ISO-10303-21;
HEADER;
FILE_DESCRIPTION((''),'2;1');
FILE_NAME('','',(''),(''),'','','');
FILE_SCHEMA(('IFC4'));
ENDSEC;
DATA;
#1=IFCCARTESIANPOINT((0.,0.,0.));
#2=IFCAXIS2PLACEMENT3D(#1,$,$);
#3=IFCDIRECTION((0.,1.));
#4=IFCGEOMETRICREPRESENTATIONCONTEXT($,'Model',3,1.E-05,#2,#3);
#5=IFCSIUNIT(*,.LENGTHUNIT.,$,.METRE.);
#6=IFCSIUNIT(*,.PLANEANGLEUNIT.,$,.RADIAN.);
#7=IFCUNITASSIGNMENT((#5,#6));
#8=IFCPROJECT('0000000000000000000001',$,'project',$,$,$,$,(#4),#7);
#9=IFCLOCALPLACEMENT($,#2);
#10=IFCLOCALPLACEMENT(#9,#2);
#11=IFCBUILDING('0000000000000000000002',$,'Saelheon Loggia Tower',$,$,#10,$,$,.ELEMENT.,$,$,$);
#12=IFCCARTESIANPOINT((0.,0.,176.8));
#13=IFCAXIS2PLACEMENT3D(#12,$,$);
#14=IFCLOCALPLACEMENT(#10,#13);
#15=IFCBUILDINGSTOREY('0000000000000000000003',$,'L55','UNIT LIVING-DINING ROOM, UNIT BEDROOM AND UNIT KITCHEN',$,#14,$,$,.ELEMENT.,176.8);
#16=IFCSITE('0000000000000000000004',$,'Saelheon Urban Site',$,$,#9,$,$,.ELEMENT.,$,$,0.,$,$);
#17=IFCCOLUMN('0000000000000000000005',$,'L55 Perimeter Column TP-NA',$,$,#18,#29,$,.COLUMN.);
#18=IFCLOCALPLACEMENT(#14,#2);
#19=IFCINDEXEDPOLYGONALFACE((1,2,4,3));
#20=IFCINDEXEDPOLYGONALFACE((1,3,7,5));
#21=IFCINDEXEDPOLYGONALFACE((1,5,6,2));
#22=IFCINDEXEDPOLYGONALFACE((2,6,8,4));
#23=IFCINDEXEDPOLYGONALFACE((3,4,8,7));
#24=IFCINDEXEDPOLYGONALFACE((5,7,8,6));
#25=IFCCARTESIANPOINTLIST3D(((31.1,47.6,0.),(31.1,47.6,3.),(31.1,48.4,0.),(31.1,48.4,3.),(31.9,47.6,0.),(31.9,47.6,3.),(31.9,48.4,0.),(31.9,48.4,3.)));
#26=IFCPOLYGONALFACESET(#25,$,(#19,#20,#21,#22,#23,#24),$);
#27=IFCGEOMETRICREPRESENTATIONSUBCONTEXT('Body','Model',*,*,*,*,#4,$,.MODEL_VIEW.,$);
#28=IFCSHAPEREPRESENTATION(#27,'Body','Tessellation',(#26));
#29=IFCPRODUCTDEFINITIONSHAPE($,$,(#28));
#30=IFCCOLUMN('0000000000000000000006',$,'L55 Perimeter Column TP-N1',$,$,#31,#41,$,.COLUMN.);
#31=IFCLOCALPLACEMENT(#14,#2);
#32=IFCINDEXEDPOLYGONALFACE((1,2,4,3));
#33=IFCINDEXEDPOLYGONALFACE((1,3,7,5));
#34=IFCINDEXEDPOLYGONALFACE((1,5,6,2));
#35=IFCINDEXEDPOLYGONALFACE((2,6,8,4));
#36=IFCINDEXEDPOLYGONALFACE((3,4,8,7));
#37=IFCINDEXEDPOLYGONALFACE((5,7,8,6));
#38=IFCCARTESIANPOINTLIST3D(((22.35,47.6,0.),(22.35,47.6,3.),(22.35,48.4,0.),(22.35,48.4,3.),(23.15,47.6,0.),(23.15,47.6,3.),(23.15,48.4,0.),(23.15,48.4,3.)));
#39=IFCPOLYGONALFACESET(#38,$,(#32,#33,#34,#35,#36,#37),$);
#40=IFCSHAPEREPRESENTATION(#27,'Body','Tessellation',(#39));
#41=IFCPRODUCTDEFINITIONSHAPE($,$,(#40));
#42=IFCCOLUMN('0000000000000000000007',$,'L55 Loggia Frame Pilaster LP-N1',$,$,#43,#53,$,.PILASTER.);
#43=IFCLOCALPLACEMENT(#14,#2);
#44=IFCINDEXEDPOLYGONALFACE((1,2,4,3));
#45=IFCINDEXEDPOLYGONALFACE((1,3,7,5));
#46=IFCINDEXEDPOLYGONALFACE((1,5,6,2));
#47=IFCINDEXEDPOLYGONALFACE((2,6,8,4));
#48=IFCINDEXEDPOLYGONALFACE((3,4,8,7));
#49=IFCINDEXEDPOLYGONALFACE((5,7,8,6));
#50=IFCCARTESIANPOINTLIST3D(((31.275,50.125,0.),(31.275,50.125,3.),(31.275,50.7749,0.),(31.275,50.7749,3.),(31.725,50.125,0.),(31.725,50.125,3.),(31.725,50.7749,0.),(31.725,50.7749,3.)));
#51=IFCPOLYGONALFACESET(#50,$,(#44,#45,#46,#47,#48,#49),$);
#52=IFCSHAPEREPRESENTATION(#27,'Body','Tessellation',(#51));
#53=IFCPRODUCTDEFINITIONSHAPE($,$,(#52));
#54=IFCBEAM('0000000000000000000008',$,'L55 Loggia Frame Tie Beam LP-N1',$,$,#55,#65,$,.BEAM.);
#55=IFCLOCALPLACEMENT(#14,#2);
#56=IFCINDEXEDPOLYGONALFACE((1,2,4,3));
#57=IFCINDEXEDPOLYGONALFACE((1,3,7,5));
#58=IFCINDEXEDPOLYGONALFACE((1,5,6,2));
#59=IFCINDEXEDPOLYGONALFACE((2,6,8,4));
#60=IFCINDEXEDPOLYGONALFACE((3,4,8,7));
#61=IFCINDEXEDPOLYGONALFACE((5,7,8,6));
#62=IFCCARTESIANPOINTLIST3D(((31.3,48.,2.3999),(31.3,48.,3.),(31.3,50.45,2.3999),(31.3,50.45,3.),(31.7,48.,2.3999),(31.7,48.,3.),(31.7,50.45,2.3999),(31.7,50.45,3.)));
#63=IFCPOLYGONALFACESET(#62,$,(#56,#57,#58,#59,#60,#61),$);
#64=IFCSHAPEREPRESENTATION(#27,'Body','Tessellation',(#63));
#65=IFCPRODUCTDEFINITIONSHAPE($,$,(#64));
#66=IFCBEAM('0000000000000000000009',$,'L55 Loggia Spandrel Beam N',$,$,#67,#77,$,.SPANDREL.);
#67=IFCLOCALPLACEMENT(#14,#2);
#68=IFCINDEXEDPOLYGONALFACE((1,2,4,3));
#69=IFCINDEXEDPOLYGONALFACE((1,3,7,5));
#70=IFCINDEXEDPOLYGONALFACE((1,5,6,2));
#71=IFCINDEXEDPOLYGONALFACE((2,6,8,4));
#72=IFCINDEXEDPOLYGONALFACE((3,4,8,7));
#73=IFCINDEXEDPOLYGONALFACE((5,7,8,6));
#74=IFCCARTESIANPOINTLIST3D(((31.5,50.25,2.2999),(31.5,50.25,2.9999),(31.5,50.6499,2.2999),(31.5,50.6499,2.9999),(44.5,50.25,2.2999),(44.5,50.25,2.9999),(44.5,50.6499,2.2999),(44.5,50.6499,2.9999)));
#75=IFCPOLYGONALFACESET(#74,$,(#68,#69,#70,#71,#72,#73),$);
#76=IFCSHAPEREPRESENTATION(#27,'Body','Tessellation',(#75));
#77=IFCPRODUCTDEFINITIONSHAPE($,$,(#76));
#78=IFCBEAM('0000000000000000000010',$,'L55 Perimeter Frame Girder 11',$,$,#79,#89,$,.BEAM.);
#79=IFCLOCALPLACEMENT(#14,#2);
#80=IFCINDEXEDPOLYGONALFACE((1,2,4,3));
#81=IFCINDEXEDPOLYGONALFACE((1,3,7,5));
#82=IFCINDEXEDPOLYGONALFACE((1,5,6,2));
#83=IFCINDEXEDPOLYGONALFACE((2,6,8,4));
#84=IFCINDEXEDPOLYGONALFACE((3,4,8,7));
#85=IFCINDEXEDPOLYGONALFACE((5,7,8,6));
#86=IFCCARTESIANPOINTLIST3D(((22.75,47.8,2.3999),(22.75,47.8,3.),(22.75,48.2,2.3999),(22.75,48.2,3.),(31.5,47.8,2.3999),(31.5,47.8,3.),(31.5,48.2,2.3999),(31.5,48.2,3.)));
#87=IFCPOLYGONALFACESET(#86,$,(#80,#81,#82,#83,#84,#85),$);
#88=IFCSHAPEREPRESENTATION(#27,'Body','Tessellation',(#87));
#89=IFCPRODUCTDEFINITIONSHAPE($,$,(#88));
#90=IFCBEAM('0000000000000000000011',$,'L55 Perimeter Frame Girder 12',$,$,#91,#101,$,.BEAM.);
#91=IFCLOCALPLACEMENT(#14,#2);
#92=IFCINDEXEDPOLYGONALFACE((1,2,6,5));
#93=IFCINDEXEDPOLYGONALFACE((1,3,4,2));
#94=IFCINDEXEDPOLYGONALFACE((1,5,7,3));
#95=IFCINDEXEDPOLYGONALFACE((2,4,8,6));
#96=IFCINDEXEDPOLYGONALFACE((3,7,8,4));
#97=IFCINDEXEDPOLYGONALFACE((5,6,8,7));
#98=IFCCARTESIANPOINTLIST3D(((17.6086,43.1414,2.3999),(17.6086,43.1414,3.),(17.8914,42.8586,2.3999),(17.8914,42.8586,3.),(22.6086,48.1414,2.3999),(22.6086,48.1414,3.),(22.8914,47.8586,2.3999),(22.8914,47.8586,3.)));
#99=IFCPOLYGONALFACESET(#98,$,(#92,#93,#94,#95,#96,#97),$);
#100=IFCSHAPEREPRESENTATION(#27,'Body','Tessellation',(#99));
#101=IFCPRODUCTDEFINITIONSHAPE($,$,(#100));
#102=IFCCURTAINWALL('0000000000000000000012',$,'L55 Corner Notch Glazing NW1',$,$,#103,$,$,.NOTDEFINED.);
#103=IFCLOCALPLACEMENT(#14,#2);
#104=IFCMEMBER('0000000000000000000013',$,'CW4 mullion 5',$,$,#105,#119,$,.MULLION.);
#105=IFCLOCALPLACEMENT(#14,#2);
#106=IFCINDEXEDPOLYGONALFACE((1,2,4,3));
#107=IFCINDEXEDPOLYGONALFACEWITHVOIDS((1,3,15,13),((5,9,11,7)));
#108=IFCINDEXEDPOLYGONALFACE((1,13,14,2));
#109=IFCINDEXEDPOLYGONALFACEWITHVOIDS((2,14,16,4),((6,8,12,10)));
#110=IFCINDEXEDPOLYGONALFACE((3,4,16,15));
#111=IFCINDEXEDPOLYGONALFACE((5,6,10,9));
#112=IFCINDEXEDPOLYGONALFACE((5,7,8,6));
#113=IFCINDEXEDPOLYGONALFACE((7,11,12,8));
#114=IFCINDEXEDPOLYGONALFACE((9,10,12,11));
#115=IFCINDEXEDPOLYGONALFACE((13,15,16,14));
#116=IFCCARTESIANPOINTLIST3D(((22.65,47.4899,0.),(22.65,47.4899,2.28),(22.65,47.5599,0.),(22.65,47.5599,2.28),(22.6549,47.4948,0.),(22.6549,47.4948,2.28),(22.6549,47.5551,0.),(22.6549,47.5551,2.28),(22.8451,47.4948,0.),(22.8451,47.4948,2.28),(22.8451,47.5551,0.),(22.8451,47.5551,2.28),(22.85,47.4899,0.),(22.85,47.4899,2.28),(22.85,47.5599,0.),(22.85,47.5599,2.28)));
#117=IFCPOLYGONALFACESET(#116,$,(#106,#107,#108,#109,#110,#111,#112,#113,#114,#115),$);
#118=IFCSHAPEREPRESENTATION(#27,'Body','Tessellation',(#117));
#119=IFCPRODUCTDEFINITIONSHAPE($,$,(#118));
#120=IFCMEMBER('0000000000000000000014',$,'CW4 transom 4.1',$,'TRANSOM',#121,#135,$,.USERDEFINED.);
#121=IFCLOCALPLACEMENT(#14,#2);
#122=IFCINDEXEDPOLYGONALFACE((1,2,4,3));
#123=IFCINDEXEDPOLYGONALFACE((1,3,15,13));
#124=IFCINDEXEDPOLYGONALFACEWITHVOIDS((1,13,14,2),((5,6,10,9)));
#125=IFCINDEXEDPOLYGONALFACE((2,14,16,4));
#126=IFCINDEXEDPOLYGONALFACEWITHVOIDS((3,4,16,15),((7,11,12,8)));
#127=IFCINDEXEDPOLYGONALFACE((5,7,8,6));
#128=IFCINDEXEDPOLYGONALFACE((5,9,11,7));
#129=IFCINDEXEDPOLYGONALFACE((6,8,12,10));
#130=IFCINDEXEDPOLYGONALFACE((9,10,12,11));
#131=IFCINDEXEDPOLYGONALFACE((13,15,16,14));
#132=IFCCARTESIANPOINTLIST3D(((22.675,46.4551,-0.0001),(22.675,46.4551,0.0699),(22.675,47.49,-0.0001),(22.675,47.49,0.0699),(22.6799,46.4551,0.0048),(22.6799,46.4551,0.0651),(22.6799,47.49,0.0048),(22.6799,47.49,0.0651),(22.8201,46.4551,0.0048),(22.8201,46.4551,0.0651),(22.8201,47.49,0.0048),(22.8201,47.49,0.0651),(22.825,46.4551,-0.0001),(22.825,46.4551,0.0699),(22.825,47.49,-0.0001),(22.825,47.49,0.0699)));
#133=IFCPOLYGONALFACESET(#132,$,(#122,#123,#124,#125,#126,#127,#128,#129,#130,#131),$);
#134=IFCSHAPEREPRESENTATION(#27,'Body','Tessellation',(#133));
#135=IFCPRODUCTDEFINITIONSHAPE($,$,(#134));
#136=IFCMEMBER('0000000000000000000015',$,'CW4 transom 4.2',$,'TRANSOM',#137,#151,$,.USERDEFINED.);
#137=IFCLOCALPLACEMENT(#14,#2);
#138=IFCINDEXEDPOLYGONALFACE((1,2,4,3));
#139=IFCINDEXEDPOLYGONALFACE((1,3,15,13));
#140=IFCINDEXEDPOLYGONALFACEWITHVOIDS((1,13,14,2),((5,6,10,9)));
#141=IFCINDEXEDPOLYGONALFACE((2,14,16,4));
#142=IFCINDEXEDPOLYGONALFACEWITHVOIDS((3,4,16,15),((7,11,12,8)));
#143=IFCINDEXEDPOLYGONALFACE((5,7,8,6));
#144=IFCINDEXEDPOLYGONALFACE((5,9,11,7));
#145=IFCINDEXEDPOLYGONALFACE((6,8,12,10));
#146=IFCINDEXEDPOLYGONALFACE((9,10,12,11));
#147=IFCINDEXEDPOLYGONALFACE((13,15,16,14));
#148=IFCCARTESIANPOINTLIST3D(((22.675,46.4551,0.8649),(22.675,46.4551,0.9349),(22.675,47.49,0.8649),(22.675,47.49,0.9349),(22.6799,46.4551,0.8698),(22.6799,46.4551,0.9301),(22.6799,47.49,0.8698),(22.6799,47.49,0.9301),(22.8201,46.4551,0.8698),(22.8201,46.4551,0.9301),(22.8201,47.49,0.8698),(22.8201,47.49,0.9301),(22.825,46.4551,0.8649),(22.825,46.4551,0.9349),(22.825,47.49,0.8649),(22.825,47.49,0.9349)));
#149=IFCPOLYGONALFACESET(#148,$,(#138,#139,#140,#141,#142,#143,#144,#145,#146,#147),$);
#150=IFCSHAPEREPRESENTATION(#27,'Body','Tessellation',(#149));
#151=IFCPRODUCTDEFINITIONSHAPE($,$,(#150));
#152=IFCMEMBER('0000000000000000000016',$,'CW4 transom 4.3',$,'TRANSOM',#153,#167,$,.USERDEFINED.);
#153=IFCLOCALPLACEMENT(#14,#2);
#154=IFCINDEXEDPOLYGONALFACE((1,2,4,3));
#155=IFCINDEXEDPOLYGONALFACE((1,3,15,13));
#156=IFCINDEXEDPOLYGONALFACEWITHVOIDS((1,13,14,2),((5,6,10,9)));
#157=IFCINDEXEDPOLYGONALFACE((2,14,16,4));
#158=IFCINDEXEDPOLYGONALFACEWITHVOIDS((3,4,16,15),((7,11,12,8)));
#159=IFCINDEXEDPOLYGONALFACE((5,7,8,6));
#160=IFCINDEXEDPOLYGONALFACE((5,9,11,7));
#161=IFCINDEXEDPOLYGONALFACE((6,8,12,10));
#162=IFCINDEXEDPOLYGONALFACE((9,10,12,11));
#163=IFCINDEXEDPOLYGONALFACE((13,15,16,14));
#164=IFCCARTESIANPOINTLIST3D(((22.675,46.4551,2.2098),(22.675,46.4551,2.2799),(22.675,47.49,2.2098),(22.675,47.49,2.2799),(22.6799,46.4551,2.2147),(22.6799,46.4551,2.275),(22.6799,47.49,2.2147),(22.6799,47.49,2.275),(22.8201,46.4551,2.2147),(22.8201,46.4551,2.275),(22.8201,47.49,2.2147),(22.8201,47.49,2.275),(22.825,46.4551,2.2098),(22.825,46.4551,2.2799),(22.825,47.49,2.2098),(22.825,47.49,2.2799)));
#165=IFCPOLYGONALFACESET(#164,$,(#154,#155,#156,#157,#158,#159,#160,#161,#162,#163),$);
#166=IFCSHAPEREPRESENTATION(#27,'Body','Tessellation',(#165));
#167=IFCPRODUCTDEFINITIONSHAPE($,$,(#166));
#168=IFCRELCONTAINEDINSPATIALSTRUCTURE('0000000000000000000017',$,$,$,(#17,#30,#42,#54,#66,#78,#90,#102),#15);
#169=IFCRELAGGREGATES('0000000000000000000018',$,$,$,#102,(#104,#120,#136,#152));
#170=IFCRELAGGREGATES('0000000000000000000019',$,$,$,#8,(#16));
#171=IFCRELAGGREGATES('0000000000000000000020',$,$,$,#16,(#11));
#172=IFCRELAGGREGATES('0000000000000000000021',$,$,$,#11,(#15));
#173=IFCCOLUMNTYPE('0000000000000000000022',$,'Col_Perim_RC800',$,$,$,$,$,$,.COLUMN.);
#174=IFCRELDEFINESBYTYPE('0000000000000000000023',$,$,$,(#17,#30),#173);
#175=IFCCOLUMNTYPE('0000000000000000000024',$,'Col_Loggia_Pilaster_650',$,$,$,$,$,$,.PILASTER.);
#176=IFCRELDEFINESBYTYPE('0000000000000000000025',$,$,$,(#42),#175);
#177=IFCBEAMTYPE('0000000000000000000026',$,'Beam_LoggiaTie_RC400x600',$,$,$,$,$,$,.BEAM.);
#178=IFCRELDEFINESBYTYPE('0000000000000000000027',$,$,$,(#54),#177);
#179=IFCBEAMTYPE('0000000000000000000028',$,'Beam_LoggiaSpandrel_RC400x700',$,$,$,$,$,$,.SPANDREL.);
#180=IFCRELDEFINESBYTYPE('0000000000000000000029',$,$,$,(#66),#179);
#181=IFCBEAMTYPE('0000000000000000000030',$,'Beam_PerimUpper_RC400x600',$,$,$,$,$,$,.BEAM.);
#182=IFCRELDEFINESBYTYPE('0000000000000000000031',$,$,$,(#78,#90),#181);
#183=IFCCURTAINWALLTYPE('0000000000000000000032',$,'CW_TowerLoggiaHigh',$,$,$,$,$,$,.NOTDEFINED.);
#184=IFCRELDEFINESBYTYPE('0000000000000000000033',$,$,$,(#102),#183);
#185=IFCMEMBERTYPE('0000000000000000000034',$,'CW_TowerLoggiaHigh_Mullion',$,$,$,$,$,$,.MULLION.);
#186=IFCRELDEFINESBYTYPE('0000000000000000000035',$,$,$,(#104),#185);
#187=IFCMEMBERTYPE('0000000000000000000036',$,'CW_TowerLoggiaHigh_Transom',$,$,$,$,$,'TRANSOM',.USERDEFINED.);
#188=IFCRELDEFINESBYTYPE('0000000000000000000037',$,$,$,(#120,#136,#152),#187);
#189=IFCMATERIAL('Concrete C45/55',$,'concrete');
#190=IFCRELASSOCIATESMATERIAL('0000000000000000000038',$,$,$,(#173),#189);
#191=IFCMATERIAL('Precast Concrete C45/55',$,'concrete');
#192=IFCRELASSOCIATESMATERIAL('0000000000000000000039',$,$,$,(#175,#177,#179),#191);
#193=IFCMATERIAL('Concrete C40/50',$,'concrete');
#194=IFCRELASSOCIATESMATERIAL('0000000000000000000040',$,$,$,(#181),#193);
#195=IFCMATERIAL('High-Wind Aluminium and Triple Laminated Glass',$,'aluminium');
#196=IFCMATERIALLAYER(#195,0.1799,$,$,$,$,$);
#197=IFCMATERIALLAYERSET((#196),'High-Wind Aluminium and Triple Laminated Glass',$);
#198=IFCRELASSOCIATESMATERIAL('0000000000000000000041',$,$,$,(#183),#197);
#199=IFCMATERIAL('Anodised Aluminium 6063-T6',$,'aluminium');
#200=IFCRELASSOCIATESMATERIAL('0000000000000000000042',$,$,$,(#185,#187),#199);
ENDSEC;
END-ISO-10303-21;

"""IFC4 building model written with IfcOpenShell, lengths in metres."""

from ifc_helpers import new_model, si_unit, direction, frame, origin, origin_2d, place, context, subcontext, project, spatial, rectangle, hollow_rectangle, extrude, source, transform, mapped, material, layer, layer_set, material_profile, profile_set, type_object, element, aggregate, save


model = new_model("IFC4")

# Units and contexts
model_context = context("Model", 3, precision=1e-05, world=origin(), true_north=direction((0.0, 1.0)))
body_context = subcontext(model_context, "Body", "Model", "MODEL_VIEW")
ifc_project = project(units=[si_unit("LENGTHUNIT", "METRE"), si_unit("PLANEANGLEUNIT", "RADIAN")], contexts=[model_context])

# Site, building, storey
site_placement = place(None, origin())
site = spatial("IfcSite", under=ifc_project, at=site_placement, Name="Saelheon Urban Site", CompositionType="ELEMENT", RefElevation=0.0)
building_placement = place(site_placement, origin())
building = spatial("IfcBuilding", under=site, at=building_placement, Name="Saelheon Loggia Tower", CompositionType="ELEMENT")
storey_placement = place(building_placement, frame((0.0, 0.0, 176.8)))
storey = spatial("IfcBuildingStorey", under=building, at=storey_placement, Name="L55", Description="UNIT LIVING-DINING ROOM, UNIT BEDROOM AND UNIT KITCHEN", CompositionType="ELEMENT", Elevation=176.8)

# Columns
ifc_material_1 = material(Name="Concrete C45/55", Category="concrete")
ifc_material_profile_1 = material_profile(ifc_material_1, rectangle(XDim=0.8, YDim=0.8, at=origin_2d()), Name="RC-800x800")
ifc_profile_set_1 = profile_set([ifc_material_profile_1], Name="Concrete C45/55")
column_type_1 = type_object("IfcColumnType", Name="Col_Perim_RC800", PredefinedType="COLUMN", material=ifc_profile_set_1)
shared_shape_1 = source(origin(), body_context, "Body", "SweptSolid", [
    extrude(rectangle(XDim=0.8, YDim=0.8, at=origin_2d()), origin(), (0.0, 0.0, 1.0), 3.0),
])
for number, where, z_axis, x_axis, name in (
    (1, (31.5, 48.0, 0.0), (0.0, 0.0, 1.0), (1.0, 0.0, 0.0), "L55 Perimeter Column TP-NA"),
    (2, (22.75, 48.0, 0.0), (0.0, 0.0, 1.0), (1.0, 0.0, 0.0), "L55 Perimeter Column TP-N1"),
):
    element("IfcColumn", number, at=place(storey_placement, frame(where, z_axis=z_axis, x_axis=x_axis)), inside=storey, type_object=column_type_1, Name=name, PredefinedType="COLUMN", context=body_context, shape_type="MappedRepresentation", body=[
        mapped(shared_shape_1, transform((0.0, 0.0, 0.0), scale=1.0)),
    ])
ifc_material_2 = material(Name="Precast Concrete C45/55", Category="concrete")
ifc_material_profile_2 = material_profile(ifc_material_2, rectangle(XDim=0.45, YDim=0.6499, at=origin_2d()), Name="RC-450x650")
ifc_profile_set_2 = profile_set([ifc_material_profile_2], Name="Precast Concrete C45/55")
column_type_2 = type_object("IfcColumnType", Name="Col_Loggia_Pilaster_650", PredefinedType="PILASTER", material=ifc_profile_set_2)
shared_shape_2 = source(origin(), body_context, "Body", "SweptSolid", [
    extrude(rectangle(XDim=0.45, YDim=0.6499, at=origin_2d()), origin(), (0.0, 0.0, 1.0), 3.0),
])
column_placement = place(storey_placement, frame((31.5, 50.45, 0.0), z_axis=(0.0, 0.0, 1.0), x_axis=(1.0, 0.0, 0.0)))
element("IfcColumn", 3, at=column_placement, inside=storey, type_object=column_type_2, Name="L55 Loggia Frame Pilaster LP-N1", PredefinedType="PILASTER", context=body_context, shape_type="MappedRepresentation", body=[
    mapped(shared_shape_2, transform((0.0, 0.0, 0.0), scale=1.0)),
])

# Beams
ifc_material_profile_3 = material_profile(ifc_material_2, rectangle(XDim=0.3999, YDim=0.6001, at=origin_2d()), Name="RC-400x600")
ifc_profile_set_3 = profile_set([ifc_material_profile_3], Name="Precast Concrete C45/55")
beam_type_1 = type_object("IfcBeamType", Name="Beam_LoggiaTie_RC400x600", PredefinedType="BEAM", material=ifc_profile_set_3)
shared_shape_3 = source(origin(), body_context, "Body", "SweptSolid", [
    extrude(rectangle(XDim=0.3999, YDim=0.6001, at=origin_2d()), origin(), (0.0, 0.0, 1.0), 2.45),
])
beam_1_placement = place(storey_placement, frame((31.5, 48.0, 2.7), z_axis=(0.0, 1.0, 0.0), x_axis=(-1.0, 0.0, 0.0)))
element("IfcBeam", 4, at=beam_1_placement, inside=storey, type_object=beam_type_1, Name="L55 Loggia Frame Tie Beam LP-N1", PredefinedType="BEAM", context=body_context, shape_type="MappedRepresentation", body=[
    mapped(shared_shape_3, transform((0.0, 0.0, 0.0), scale=1.0)),
])
ifc_material_profile_4 = material_profile(ifc_material_2, rectangle(XDim=0.3999, YDim=0.7, at=origin_2d()), Name="RC-400x700")
ifc_profile_set_4 = profile_set([ifc_material_profile_4], Name="Precast Concrete C45/55")
beam_type_2 = type_object("IfcBeamType", Name="Beam_LoggiaSpandrel_RC400x700", PredefinedType="SPANDREL", material=ifc_profile_set_4)
shared_shape_4 = source(origin(), body_context, "Body", "SweptSolid", [
    extrude(rectangle(XDim=0.3999, YDim=0.7, at=origin_2d()), origin(), (0.0, 0.0, 1.0), 13.0),
])
beam_2_placement = place(storey_placement, frame((31.5, 50.45, 2.6499), z_axis=(1.0, 0.0, 0.0), x_axis=(0.0, 1.0, 0.0)))
element("IfcBeam", 5, at=beam_2_placement, inside=storey, type_object=beam_type_2, Name="L55 Loggia Spandrel Beam N", PredefinedType="SPANDREL", context=body_context, shape_type="MappedRepresentation", body=[
    mapped(shared_shape_4, transform((0.0, 0.0, 0.0), scale=1.0)),
])
ifc_material_3 = material(Name="Concrete C40/50", Category="concrete")
ifc_material_profile_5 = material_profile(ifc_material_3, rectangle(XDim=0.3999, YDim=0.6001, at=origin_2d()), Name="RC-400x600")
ifc_profile_set_5 = profile_set([ifc_material_profile_5], Name="Concrete C40/50")
beam_type_3 = type_object("IfcBeamType", Name="Beam_PerimUpper_RC400x600", PredefinedType="BEAM", material=ifc_profile_set_5)
shared_shape_5 = source(origin(), body_context, "Body", "SweptSolid", [
    extrude(rectangle(XDim=0.3999, YDim=0.6001, at=origin_2d()), origin(), (0.0, 0.0, 1.0), 8.75),
])
beam_3_placement = place(storey_placement, frame((31.5, 48.0, 2.7), z_axis=(-1.0, 0.0, 0.0), x_axis=(0.0, -1.0, 0.0)))
element("IfcBeam", 6, at=beam_3_placement, inside=storey, type_object=beam_type_3, Name="L55 Perimeter Frame Girder 11", PredefinedType="BEAM", context=body_context, shape_type="MappedRepresentation", body=[
    mapped(shared_shape_5, transform((0.0, 0.0, 0.0), scale=1.0)),
])
shared_shape_6 = source(origin(), body_context, "Body", "SweptSolid", [
    extrude(rectangle(XDim=0.3999, YDim=0.6001, at=origin_2d()), origin(), (0.0, 0.0, 1.0), 7.071),
])
beam_4_placement = place(storey_placement, frame((22.75, 48.0, 2.7), z_axis=(-0.707107, -0.707107, 0.0), x_axis=(0.707107, -0.707107, 0.0)))
element("IfcBeam", 7, at=beam_4_placement, inside=storey, type_object=beam_type_3, Name="L55 Perimeter Frame Girder 12", PredefinedType="BEAM", context=body_context, shape_type="MappedRepresentation", body=[
    mapped(shared_shape_6, transform((0.0, 0.0, 0.0), scale=1.0)),
])

# Curtain wall, members
ifc_material_4 = material(Name="High-Wind Aluminium and Triple Laminated Glass", Category="aluminium")
ifc_layer_1 = layer(ifc_material_4, 0.1799)
ifc_layer_set_1 = layer_set([ifc_layer_1], Name="High-Wind Aluminium and Triple Laminated Glass")
curtain_wall_type = type_object("IfcCurtainWallType", Name="CW_TowerLoggiaHigh", PredefinedType="NOTDEFINED", material=ifc_layer_set_1)
curtain_wall_placement = place(storey_placement, origin())
curtain_wall = element("IfcCurtainWall", 8, at=curtain_wall_placement, inside=storey, type_object=curtain_wall_type, Name="L55 Corner Notch Glazing NW1", PredefinedType="NOTDEFINED")
ifc_material_5 = material(Name="Anodised Aluminium 6063-T6", Category="aluminium")
ifc_material_profile_6 = material_profile(ifc_material_5, hollow_rectangle(XDim=0.0701, YDim=0.2, WallThickness=0.0049, at=origin_2d()), Name="RHS-200x70x5")
ifc_profile_set_6 = profile_set([ifc_material_profile_6], Name="Anodised Aluminium 6063-T6")
member_type_1 = type_object("IfcMemberType", Name="CW_TowerLoggiaHigh_Mullion", PredefinedType="MULLION", material=ifc_profile_set_6)
shared_shape_7 = source(origin(), body_context, "Body", "SweptSolid", [
    extrude(hollow_rectangle(XDim=0.0701, YDim=0.2, WallThickness=0.0049, at=origin_2d()), origin(), (0.0, 0.0, 1.0), 2.28),
])
member_1_placement = place(storey_placement, frame((22.75, 47.5249, 0.0), z_axis=(0.0, 0.0, 1.0), x_axis=(0.0, 1.0, 0.0)))
member_1 = element("IfcMember", 9, at=member_1_placement, type_object=member_type_1, Name="CW4 mullion 5", PredefinedType="MULLION", context=body_context, shape_type="MappedRepresentation", body=[
    mapped(shared_shape_7, transform((0.0, 0.0, 0.0), scale=1.0)),
])
ifc_material_profile_7 = material_profile(ifc_material_5, hollow_rectangle(XDim=0.0701, YDim=0.1499, WallThickness=0.0049, at=origin_2d()), Name="RHS-150x70x5")
ifc_profile_set_7 = profile_set([ifc_material_profile_7], Name="Anodised Aluminium 6063-T6")
member_type_2 = type_object("IfcMemberType", Name="CW_TowerLoggiaHigh_Transom", ElementType="TRANSOM", PredefinedType="USERDEFINED", material=ifc_profile_set_7)
shared_shape_8 = source(origin(), body_context, "Body", "SweptSolid", [
    extrude(hollow_rectangle(XDim=0.0701, YDim=0.1499, WallThickness=0.0049, at=origin_2d()), origin(), (0.0, 0.0, 1.0), 1.0349),
])
member_2_placement = place(storey_placement, frame((22.75, 46.4551, 0.0349), z_axis=(0.0, 1.0, 0.0), x_axis=(0.0, 0.0, 1.0)))
member_2 = element("IfcMember", 10, at=member_2_placement, type_object=member_type_2, Name="CW4 transom 4.1", ObjectType="TRANSOM", PredefinedType="USERDEFINED", context=body_context, shape_type="MappedRepresentation", body=[
    mapped(shared_shape_8, transform((0.0, 0.0, 0.0), scale=1.0)),
])
member_3_placement = place(storey_placement, frame((22.75, 46.4551, 0.8999), z_axis=(0.0, 1.0, 0.0), x_axis=(0.0, 0.0, 1.0)))
member_3 = element("IfcMember", 11, at=member_3_placement, type_object=member_type_2, Name="CW4 transom 4.2", ObjectType="TRANSOM", PredefinedType="USERDEFINED", context=body_context, shape_type="MappedRepresentation", body=[
    mapped(shared_shape_8, transform((0.0, 0.0, 0.0), scale=1.0)),
])
member_4_placement = place(storey_placement, frame((22.75, 46.4551, 2.2449), z_axis=(0.0, 1.0, 0.0), x_axis=(0.0, 0.0, 1.0)))
member_4 = element("IfcMember", 12, at=member_4_placement, type_object=member_type_2, Name="CW4 transom 4.3", ObjectType="TRANSOM", PredefinedType="USERDEFINED", context=body_context, shape_type="MappedRepresentation", body=[
    mapped(shared_shape_8, transform((0.0, 0.0, 0.0), scale=1.0)),
])
aggregate(curtain_wall, [member_1, member_2, member_3, member_4])

save(model, "model.ifc")
